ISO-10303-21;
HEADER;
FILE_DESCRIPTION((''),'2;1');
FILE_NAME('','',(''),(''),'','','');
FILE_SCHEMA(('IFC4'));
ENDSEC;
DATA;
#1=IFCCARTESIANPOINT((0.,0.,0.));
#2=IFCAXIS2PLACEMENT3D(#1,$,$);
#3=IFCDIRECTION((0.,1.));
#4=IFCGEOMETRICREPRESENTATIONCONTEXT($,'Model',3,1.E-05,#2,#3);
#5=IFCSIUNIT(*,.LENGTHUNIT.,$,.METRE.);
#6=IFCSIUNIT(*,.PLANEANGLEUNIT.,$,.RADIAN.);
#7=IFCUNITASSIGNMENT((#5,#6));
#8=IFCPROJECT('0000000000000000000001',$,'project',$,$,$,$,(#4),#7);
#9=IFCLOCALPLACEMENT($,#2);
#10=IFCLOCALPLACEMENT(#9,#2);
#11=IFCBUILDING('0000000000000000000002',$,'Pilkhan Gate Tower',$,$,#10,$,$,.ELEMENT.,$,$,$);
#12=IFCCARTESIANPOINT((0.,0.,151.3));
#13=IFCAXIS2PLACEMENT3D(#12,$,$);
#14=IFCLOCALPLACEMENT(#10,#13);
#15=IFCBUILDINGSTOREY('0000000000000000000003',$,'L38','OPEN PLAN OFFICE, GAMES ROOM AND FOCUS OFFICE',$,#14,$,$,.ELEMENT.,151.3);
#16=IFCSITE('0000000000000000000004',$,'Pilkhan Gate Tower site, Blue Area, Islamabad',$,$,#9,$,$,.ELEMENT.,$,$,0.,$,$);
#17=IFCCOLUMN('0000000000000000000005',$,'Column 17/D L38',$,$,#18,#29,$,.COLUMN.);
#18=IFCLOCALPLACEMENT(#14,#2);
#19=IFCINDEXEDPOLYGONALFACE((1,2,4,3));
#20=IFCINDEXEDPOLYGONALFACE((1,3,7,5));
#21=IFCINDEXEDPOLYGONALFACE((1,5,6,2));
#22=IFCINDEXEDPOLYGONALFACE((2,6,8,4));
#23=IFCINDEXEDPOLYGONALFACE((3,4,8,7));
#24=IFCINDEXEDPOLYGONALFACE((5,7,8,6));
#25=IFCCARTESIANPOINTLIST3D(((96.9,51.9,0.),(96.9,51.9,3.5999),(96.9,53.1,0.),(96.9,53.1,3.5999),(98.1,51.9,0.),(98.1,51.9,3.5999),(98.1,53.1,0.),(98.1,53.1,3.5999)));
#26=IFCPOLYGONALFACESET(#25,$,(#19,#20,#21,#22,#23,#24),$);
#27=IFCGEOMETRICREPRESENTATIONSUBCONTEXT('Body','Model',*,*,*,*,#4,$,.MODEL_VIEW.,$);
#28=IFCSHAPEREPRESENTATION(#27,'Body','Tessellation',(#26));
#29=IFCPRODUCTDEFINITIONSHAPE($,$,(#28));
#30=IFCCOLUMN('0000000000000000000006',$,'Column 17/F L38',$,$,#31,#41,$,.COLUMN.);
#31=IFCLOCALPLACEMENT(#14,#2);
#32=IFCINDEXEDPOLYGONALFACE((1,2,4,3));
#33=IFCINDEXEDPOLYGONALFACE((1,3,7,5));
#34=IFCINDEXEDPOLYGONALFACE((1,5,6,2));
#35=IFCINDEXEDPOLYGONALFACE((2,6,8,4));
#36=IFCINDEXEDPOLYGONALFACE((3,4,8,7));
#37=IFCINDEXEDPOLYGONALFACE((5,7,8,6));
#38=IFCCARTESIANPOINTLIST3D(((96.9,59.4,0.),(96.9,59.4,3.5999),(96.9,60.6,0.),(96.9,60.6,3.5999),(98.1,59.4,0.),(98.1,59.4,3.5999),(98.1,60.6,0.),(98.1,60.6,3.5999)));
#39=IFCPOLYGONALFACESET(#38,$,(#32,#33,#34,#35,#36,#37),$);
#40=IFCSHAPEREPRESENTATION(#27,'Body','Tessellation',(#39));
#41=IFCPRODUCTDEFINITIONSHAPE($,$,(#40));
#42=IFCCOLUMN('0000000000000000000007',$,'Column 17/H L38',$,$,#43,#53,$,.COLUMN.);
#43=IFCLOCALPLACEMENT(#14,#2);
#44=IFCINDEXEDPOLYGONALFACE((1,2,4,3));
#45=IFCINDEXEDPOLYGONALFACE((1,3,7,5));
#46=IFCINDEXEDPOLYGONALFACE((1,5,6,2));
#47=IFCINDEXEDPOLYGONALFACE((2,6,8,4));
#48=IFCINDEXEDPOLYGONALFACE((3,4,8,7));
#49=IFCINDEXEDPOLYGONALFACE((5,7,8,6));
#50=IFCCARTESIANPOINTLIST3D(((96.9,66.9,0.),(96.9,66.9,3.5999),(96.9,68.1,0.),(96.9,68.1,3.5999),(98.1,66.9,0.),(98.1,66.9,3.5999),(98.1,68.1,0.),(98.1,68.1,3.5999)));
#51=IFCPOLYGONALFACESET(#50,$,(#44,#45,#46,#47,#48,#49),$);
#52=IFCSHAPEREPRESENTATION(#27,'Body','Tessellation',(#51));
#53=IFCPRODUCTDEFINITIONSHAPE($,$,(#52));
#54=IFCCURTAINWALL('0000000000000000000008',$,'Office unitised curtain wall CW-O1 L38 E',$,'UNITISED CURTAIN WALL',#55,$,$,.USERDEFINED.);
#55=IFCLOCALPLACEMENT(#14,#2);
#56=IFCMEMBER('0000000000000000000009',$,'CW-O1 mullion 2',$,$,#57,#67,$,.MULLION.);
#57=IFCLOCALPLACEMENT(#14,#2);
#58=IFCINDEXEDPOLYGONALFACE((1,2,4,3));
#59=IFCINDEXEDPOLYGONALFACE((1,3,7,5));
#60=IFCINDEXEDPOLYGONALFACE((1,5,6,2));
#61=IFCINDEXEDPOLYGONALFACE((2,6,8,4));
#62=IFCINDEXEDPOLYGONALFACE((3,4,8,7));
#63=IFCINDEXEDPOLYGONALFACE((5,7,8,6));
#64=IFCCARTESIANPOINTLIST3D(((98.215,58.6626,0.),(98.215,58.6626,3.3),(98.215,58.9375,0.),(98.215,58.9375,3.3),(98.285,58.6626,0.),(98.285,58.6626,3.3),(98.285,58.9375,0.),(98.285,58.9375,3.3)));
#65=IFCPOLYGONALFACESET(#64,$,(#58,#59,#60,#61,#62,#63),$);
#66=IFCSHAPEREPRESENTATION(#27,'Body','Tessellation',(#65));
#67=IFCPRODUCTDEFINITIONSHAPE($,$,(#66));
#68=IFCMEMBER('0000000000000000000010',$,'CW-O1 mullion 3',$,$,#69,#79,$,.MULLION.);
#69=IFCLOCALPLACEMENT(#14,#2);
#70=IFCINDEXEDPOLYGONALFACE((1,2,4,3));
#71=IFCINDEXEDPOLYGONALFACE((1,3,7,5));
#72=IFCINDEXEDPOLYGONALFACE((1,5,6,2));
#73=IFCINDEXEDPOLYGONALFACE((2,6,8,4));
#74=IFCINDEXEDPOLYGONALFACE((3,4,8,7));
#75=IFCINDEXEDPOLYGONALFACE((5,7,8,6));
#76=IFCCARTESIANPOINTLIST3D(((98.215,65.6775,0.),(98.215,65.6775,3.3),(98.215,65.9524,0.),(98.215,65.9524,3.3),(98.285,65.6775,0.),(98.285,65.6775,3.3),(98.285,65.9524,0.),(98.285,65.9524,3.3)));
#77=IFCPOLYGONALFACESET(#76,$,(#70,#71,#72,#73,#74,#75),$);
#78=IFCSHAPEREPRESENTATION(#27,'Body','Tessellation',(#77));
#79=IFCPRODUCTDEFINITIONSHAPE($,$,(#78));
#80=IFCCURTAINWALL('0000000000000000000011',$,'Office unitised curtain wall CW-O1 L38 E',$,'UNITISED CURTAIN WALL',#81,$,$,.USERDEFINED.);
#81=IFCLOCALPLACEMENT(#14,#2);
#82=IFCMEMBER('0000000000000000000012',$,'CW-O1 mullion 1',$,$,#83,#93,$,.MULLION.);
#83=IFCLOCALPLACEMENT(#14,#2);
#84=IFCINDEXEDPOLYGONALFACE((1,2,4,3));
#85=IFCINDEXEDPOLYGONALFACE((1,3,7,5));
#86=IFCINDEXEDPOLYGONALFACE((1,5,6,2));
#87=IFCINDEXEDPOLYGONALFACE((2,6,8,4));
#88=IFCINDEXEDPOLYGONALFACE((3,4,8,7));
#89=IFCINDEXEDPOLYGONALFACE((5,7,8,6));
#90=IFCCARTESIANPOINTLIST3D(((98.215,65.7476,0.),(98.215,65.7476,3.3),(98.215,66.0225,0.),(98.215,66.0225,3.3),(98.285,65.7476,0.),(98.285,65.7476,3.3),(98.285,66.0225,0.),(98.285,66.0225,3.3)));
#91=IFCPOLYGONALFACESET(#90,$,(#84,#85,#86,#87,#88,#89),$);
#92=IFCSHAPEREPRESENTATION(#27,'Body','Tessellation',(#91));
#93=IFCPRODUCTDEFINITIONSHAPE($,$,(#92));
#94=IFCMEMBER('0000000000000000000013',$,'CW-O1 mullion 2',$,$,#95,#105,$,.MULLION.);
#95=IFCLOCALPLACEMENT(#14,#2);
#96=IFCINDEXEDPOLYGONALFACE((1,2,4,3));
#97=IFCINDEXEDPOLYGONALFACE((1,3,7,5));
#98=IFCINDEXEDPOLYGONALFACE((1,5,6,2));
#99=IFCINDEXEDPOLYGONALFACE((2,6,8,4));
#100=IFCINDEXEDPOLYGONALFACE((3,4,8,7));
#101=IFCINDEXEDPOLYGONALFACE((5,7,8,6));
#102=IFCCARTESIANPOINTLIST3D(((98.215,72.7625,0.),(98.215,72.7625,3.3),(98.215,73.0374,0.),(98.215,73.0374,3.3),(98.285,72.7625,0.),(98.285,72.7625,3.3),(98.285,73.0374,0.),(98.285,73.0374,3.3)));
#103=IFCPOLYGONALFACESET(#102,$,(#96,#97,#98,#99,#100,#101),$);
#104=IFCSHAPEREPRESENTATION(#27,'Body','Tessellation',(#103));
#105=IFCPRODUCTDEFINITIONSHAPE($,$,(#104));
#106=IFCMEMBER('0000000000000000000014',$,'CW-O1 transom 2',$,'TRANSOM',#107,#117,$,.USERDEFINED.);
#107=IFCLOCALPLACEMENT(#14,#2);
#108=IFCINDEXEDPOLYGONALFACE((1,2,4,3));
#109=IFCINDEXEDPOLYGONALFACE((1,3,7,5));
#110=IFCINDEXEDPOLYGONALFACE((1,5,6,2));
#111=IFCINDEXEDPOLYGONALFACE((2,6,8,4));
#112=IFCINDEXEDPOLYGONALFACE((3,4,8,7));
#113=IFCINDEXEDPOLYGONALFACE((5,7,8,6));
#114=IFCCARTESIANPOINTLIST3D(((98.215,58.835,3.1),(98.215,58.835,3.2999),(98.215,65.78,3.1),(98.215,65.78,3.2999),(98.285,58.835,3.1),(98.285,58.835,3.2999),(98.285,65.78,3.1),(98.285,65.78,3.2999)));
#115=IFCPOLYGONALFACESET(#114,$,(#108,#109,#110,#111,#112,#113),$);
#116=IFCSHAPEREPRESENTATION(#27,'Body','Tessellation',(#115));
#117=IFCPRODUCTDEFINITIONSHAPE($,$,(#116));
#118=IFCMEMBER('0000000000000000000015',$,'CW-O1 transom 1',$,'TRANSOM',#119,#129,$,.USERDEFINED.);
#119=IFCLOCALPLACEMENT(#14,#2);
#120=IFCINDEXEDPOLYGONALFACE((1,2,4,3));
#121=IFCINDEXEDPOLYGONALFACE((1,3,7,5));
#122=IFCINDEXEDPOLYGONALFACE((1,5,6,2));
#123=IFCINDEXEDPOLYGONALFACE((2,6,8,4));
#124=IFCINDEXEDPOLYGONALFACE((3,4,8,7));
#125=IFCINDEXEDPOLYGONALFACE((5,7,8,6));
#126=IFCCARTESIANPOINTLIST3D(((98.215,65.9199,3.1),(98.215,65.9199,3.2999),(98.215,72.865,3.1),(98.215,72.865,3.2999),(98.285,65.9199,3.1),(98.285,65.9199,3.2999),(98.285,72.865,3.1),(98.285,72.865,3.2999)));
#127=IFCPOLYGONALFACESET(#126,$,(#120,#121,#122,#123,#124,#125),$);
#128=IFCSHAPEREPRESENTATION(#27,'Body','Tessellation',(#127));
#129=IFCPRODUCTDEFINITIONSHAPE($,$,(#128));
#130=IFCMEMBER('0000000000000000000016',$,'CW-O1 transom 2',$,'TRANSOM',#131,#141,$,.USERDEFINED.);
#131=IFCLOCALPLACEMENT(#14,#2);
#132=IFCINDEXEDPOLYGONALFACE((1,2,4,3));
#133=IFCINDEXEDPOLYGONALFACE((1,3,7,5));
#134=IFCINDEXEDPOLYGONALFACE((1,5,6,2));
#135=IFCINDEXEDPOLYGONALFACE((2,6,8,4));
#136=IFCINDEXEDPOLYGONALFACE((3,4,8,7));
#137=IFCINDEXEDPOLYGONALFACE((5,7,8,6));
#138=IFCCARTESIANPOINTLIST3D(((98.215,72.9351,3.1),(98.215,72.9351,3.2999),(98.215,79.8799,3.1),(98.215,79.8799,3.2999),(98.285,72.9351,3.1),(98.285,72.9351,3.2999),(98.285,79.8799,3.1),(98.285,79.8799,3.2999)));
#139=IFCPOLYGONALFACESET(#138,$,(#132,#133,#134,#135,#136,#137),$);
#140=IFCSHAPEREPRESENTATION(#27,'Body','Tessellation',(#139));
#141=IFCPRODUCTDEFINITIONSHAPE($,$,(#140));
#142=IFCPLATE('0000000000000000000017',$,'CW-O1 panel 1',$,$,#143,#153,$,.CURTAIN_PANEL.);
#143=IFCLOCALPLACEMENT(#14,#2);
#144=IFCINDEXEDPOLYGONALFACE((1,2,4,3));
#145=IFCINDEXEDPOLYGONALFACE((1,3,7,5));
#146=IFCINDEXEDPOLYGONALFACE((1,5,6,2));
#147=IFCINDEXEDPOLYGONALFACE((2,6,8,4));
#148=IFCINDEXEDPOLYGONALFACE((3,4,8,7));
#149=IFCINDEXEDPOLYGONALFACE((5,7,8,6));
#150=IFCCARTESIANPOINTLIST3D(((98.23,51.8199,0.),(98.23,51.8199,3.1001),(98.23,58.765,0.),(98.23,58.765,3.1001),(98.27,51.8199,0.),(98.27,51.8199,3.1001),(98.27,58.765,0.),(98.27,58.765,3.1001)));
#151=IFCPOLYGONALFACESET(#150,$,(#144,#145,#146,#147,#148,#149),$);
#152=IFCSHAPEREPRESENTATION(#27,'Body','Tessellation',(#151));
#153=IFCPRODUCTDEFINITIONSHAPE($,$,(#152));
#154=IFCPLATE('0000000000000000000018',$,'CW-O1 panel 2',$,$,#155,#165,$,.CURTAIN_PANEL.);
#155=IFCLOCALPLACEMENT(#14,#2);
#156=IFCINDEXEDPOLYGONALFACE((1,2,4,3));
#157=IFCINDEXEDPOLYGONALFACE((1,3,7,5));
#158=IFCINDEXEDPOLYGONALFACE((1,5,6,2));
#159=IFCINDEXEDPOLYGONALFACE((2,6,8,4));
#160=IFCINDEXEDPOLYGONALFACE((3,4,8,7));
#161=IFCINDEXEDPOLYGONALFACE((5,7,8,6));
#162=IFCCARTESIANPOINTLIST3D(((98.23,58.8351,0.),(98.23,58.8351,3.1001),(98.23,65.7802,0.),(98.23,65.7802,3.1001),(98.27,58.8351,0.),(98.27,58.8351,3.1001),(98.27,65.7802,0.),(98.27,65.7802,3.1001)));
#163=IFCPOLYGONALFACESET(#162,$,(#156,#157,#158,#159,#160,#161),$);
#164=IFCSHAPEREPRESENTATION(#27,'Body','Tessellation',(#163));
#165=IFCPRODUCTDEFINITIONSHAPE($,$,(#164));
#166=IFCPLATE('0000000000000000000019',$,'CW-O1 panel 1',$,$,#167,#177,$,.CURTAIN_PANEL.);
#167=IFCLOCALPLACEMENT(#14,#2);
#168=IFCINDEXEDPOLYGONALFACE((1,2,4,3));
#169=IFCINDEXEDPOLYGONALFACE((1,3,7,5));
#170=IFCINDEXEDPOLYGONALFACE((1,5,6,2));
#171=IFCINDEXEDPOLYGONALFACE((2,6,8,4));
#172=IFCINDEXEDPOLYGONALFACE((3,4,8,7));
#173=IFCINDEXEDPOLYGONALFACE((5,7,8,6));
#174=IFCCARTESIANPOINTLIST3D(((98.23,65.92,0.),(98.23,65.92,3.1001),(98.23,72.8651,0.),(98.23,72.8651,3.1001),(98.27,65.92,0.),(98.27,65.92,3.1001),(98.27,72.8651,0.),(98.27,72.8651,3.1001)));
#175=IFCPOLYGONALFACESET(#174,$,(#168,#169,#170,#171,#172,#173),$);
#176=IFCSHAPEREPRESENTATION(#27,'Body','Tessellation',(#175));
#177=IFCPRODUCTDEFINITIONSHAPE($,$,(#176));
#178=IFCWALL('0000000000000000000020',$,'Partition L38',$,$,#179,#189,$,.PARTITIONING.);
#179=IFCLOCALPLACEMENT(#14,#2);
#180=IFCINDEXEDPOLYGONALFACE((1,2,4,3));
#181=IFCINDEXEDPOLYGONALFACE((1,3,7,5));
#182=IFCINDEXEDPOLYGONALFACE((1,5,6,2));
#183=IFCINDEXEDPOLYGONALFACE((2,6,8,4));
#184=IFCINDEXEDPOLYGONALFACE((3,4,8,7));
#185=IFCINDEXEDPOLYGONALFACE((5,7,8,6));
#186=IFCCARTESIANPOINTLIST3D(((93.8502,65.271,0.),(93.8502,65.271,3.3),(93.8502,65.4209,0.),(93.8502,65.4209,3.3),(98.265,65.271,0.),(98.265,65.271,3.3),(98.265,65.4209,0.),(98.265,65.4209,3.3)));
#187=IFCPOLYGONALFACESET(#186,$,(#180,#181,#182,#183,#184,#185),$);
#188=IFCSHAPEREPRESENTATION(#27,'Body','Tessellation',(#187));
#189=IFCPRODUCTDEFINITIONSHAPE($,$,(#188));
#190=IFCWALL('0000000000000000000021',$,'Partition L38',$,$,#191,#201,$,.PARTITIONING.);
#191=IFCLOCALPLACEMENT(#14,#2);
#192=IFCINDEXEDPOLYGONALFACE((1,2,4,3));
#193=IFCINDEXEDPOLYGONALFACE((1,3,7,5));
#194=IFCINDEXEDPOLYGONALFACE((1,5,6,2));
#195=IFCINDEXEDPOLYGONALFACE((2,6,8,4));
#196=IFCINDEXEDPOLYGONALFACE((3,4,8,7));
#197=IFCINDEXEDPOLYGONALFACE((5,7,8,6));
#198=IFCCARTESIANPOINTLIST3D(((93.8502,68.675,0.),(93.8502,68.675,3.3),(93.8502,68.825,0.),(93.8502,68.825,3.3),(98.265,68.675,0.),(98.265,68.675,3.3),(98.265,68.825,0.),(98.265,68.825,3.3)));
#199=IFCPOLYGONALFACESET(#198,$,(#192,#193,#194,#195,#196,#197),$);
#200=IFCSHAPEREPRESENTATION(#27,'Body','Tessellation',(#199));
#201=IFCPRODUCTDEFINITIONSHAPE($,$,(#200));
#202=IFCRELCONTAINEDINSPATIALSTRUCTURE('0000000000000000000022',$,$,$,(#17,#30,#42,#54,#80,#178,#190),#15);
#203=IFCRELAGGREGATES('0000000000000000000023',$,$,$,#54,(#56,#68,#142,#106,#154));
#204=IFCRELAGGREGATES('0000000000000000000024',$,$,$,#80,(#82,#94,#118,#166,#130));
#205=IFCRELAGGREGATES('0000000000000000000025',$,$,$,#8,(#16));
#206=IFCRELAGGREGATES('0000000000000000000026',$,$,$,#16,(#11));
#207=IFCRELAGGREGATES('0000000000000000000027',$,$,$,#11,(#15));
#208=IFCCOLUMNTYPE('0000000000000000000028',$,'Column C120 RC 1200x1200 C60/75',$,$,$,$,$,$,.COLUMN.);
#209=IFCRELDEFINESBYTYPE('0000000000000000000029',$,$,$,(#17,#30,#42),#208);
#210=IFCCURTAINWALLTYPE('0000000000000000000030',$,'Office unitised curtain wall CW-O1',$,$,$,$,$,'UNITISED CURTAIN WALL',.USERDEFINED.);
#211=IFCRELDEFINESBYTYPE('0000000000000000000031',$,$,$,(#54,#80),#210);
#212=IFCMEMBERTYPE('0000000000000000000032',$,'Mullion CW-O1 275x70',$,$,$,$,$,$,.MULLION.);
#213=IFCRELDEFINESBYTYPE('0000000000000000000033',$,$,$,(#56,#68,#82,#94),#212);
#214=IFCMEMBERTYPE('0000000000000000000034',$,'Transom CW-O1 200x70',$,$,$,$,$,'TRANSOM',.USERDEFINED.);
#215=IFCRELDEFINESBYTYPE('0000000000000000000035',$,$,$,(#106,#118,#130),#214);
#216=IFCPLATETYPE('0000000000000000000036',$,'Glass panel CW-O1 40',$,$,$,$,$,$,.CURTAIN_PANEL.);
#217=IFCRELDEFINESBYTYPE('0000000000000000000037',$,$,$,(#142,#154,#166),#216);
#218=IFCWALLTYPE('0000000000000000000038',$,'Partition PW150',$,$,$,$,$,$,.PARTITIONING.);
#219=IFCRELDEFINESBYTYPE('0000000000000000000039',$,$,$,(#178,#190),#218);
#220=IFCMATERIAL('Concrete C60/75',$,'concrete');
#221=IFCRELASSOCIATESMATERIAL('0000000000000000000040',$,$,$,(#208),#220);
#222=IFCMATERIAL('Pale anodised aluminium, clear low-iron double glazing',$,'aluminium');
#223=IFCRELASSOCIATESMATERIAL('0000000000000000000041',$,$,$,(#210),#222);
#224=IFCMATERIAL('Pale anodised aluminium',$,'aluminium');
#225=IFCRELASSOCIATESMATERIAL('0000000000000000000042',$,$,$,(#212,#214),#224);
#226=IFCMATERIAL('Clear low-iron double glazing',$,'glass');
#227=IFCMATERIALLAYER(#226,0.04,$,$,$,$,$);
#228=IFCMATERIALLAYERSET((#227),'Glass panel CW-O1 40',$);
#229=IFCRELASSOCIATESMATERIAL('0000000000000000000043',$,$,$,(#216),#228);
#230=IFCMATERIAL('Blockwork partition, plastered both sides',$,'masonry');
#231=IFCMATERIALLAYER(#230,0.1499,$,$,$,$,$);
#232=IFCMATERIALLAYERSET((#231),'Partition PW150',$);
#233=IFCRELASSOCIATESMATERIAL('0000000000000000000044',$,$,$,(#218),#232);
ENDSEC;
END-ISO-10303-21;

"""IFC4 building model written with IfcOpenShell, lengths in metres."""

from ifc_helpers import new_model, si_unit, direction, frame, frame_2d, origin, origin_2d, place, context, subcontext, project, spatial, rectangle, extrude, material, layer, layer_set, material_profile, profile_set, type_object, element, aggregate, save


model = new_model("IFC4")

# Units and contexts
model_context = context("Model", 3, precision=1e-05, world=origin(), true_north=direction((0.0, 1.0)))
body_context = subcontext(model_context, "Body", "Model", "MODEL_VIEW")
ifc_project = project(units=[si_unit("LENGTHUNIT", "METRE"), si_unit("PLANEANGLEUNIT", "RADIAN")], contexts=[model_context])

# Site, building, storey
site_placement = place(None, origin())
site = spatial("IfcSite", under=ifc_project, at=site_placement, Name="Pilkhan Gate Tower site, Blue Area, Islamabad", CompositionType="ELEMENT", RefElevation=0.0)
building_placement = place(site_placement, origin())
building = spatial("IfcBuilding", under=site, at=building_placement, Name="Pilkhan Gate Tower", CompositionType="ELEMENT")
storey_placement = place(building_placement, frame((0.0, 0.0, 151.3)))
storey = spatial("IfcBuildingStorey", under=building, at=storey_placement, Name="L38", Description="OPEN PLAN OFFICE, GAMES ROOM AND FOCUS OFFICE", CompositionType="ELEMENT", Elevation=151.3)

# Columns
ifc_material_1 = material(Name="Concrete C60/75", Category="concrete")
ifc_material_profile_1 = material_profile(ifc_material_1, rectangle(XDim=1.2, YDim=1.2, at=origin_2d()), Name="RC 1200x1200")
ifc_profile_set_1 = profile_set([ifc_material_profile_1], Name="Concrete C60/75")
column_type = type_object("IfcColumnType", Name="Column C120 RC 1200x1200 C60/75", PredefinedType="COLUMN", material=ifc_profile_set_1)
for number, where, z_axis, x_axis, name in (
    (1, (97.5, 52.5, 0.0), (0.0, 0.0, 1.0), (1.0, 0.0, 0.0), "Column 17/D L38"),
    (2, (97.5, 60.0, 0.0), (0.0, 0.0, 1.0), (1.0, 0.0, 0.0), "Column 17/F L38"),
    (3, (97.5, 67.5, 0.0), (0.0, 0.0, 1.0), (1.0, 0.0, 0.0), "Column 17/H L38"),
):
    element("IfcColumn", number, at=place(storey_placement, frame(where, z_axis=z_axis, x_axis=x_axis)), inside=storey, type_object=column_type, Name=name, PredefinedType="COLUMN", context=body_context, shape_type="SweptSolid", body=[
        extrude(rectangle(XDim=1.2, YDim=1.2, at=origin_2d()), origin(), (0.0, 0.0, 1.0), 3.5999),
    ])

# Curtain walls, members
ifc_material_2 = material(Name="Pale anodised aluminium, clear low-iron double glazing", Category="aluminium")
curtain_wall_type = type_object("IfcCurtainWallType", Name="Office unitised curtain wall CW-O1", ElementType="UNITISED CURTAIN WALL", PredefinedType="USERDEFINED", material=ifc_material_2)
curtain_wall_1_placement = place(storey_placement, origin())
curtain_wall_1 = element("IfcCurtainWall", 4, at=curtain_wall_1_placement, inside=storey, type_object=curtain_wall_type, Name="Office unitised curtain wall CW-O1 L38 E", ObjectType="UNITISED CURTAIN WALL", PredefinedType="USERDEFINED")
ifc_material_3 = material(Name="Pale anodised aluminium", Category="aluminium")
ifc_material_profile_2 = material_profile(ifc_material_3, rectangle(XDim=0.0701, YDim=0.2749, at=origin_2d()), Name="Mullion 275x70")
ifc_profile_set_2 = profile_set([ifc_material_profile_2], Name="Pale anodised aluminium")
member_type_1 = type_object("IfcMemberType", Name="Mullion CW-O1 275x70", PredefinedType="MULLION", material=ifc_profile_set_2)
member_1_placement = place(storey_placement, frame((98.25, 58.8, 0.0), z_axis=(0.0, 0.0, 1.0), x_axis=(-1.0, 0.0, 0.0)))
member_1 = element("IfcMember", 5, at=member_1_placement, type_object=member_type_1, Name="CW-O1 mullion 2", PredefinedType="MULLION", context=body_context, shape_type="SweptSolid", body=[
    extrude(rectangle(XDim=0.0701, YDim=0.2749, at=origin_2d()), origin(), (0.0, 0.0, 1.0), 3.3),
])
member_2_placement = place(storey_placement, frame((98.25, 65.8149, 0.0), z_axis=(0.0, 0.0, 1.0), x_axis=(-1.0, 0.0, 0.0)))
member_2 = element("IfcMember", 6, at=member_2_placement, type_object=member_type_1, Name="CW-O1 mullion 3", PredefinedType="MULLION", context=body_context, shape_type="SweptSolid", body=[
    extrude(rectangle(XDim=0.0701, YDim=0.2749, at=origin_2d()), origin(), (0.0, 0.0, 1.0), 3.3),
])
curtain_wall_2_placement = place(storey_placement, origin())
curtain_wall_2 = element("IfcCurtainWall", 7, at=curtain_wall_2_placement, inside=storey, type_object=curtain_wall_type, Name="Office unitised curtain wall CW-O1 L38 E", ObjectType="UNITISED CURTAIN WALL", PredefinedType="USERDEFINED")
member_3_placement = place(storey_placement, frame((98.25, 65.885, 0.0), z_axis=(0.0, 0.0, 1.0), x_axis=(-1.0, 0.0, 0.0)))
member_3 = element("IfcMember", 8, at=member_3_placement, type_object=member_type_1, Name="CW-O1 mullion 1", PredefinedType="MULLION", context=body_context, shape_type="SweptSolid", body=[
    extrude(rectangle(XDim=0.0701, YDim=0.2749, at=origin_2d()), origin(), (0.0, 0.0, 1.0), 3.3),
])
member_4_placement = place(storey_placement, frame((98.25, 72.8999, 0.0), z_axis=(0.0, 0.0, 1.0), x_axis=(-1.0, 0.0, 0.0)))
member_4 = element("IfcMember", 9, at=member_4_placement, type_object=member_type_1, Name="CW-O1 mullion 2", PredefinedType="MULLION", context=body_context, shape_type="SweptSolid", body=[
    extrude(rectangle(XDim=0.0701, YDim=0.2749, at=origin_2d()), origin(), (0.0, 0.0, 1.0), 3.3),
])

# Members
ifc_material_profile_3 = material_profile(ifc_material_3, rectangle(XDim=0.0701, YDim=0.2, at=origin_2d()), Name="Transom 200x70")
ifc_profile_set_3 = profile_set([ifc_material_profile_3], Name="Pale anodised aluminium")
member_type_2 = type_object("IfcMemberType", Name="Transom CW-O1 200x70", ElementType="TRANSOM", PredefinedType="USERDEFINED", material=ifc_profile_set_3)
member_5_placement = place(storey_placement, frame((98.25, 58.835, 3.2), z_axis=(0.0, 1.0, 0.0), x_axis=(-1.0, 0.0, 0.0)))
member_5 = element("IfcMember", 10, at=member_5_placement, type_object=member_type_2, Name="CW-O1 transom 2", ObjectType="TRANSOM", PredefinedType="USERDEFINED", context=body_context, shape_type="SweptSolid", body=[
    extrude(rectangle(XDim=0.0701, YDim=0.2, at=origin_2d()), origin(), (0.0, 0.0, 1.0), 6.9451),
])
member_6_placement = place(storey_placement, frame((98.25, 65.9199, 3.2), z_axis=(0.0, 1.0, 0.0), x_axis=(-1.0, 0.0, 0.0)))
member_6 = element("IfcMember", 11, at=member_6_placement, type_object=member_type_2, Name="CW-O1 transom 1", ObjectType="TRANSOM", PredefinedType="USERDEFINED", context=body_context, shape_type="SweptSolid", body=[
    extrude(rectangle(XDim=0.0701, YDim=0.2, at=origin_2d()), origin(), (0.0, 0.0, 1.0), 6.9451),
])
member_7_placement = place(storey_placement, frame((98.25, 72.9351, 3.2), z_axis=(0.0, 1.0, 0.0), x_axis=(-1.0, 0.0, 0.0)))
member_7 = element("IfcMember", 12, at=member_7_placement, type_object=member_type_2, Name="CW-O1 transom 2", ObjectType="TRANSOM", PredefinedType="USERDEFINED", context=body_context, shape_type="SweptSolid", body=[
    extrude(rectangle(XDim=0.0701, YDim=0.2, at=origin_2d()), origin(), (0.0, 0.0, 1.0), 6.9448),
])

# Plates
ifc_material_4 = material(Name="Clear low-iron double glazing", Category="glass")
ifc_layer_1 = layer(ifc_material_4, 0.04)
ifc_layer_set_1 = layer_set([ifc_layer_1], Name="Glass panel CW-O1 40")
plate_type = type_object("IfcPlateType", Name="Glass panel CW-O1 40", PredefinedType="CURTAIN_PANEL", material=ifc_layer_set_1)
plate_1_placement = place(storey_placement, frame((98.25, 55.2925, 0.0), z_axis=(0.0, 0.0, 1.0), x_axis=(0.0, 1.0, 0.0)))
plate_1 = element("IfcPlate", 13, at=plate_1_placement, type_object=plate_type, Name="CW-O1 panel 1", PredefinedType="CURTAIN_PANEL", context=body_context, shape_type="SweptSolid", body=[
    extrude(rectangle(XDim=6.9451, YDim=0.04, at=origin_2d()), origin(), (0.0, 0.0, 1.0), 3.1001),
])
plate_2_placement = place(storey_placement, frame((98.25, 62.3076, 0.0), z_axis=(0.0, 0.0, 1.0), x_axis=(0.0, 1.0, 0.0)))
plate_2 = element("IfcPlate", 14, at=plate_2_placement, type_object=plate_type, Name="CW-O1 panel 2", PredefinedType="CURTAIN_PANEL", context=body_context, shape_type="SweptSolid", body=[
    extrude(rectangle(XDim=6.9451, YDim=0.04, at=origin_2d()), origin(), (0.0, 0.0, 1.0), 3.1001),
])
aggregate(curtain_wall_1, [member_1, member_2, plate_1, member_5, plate_2])
plate_3_placement = place(storey_placement, frame((98.25, 69.3926, 0.0), z_axis=(0.0, 0.0, 1.0), x_axis=(0.0, 1.0, 0.0)))
plate_3 = element("IfcPlate", 15, at=plate_3_placement, type_object=plate_type, Name="CW-O1 panel 1", PredefinedType="CURTAIN_PANEL", context=body_context, shape_type="SweptSolid", body=[
    extrude(rectangle(XDim=6.9451, YDim=0.04, at=origin_2d()), origin(), (0.0, 0.0, 1.0), 3.1001),
])
aggregate(curtain_wall_2, [member_3, member_4, member_6, plate_3, member_7])

# Walls
ifc_material_5 = material(Name="Blockwork partition, plastered both sides", Category="masonry")
ifc_layer_2 = layer(ifc_material_5, 0.1499)
ifc_layer_set_2 = layer_set([ifc_layer_2], Name="Partition PW150")
wall_type = type_object("IfcWallType", Name="Partition PW150", PredefinedType="PARTITIONING", material=ifc_layer_set_2)
for number, where, z_axis, x_axis, name in (
    (16, (93.8501, 65.3459, 0.0), (0.0, 0.0, 1.0), (1.0, 0.0, 0.0), "Partition L38"),
    (17, (93.8501, 68.75, 0.0), (0.0, 0.0, 1.0), (1.0, 0.0, 0.0), "Partition L38"),
):
    element("IfcWall", number, at=place(storey_placement, frame(where, z_axis=z_axis, x_axis=x_axis)), inside=storey, type_object=wall_type, Name=name, PredefinedType="PARTITIONING", context=body_context, shape_type="SweptSolid", body=[
        extrude(rectangle(XDim=4.4148, YDim=0.1499, at=frame_2d((2.2075, 0.0))), origin(), (0.0, 0.0, 1.0), 3.3),
    ])

save(model, "model.ifc")
